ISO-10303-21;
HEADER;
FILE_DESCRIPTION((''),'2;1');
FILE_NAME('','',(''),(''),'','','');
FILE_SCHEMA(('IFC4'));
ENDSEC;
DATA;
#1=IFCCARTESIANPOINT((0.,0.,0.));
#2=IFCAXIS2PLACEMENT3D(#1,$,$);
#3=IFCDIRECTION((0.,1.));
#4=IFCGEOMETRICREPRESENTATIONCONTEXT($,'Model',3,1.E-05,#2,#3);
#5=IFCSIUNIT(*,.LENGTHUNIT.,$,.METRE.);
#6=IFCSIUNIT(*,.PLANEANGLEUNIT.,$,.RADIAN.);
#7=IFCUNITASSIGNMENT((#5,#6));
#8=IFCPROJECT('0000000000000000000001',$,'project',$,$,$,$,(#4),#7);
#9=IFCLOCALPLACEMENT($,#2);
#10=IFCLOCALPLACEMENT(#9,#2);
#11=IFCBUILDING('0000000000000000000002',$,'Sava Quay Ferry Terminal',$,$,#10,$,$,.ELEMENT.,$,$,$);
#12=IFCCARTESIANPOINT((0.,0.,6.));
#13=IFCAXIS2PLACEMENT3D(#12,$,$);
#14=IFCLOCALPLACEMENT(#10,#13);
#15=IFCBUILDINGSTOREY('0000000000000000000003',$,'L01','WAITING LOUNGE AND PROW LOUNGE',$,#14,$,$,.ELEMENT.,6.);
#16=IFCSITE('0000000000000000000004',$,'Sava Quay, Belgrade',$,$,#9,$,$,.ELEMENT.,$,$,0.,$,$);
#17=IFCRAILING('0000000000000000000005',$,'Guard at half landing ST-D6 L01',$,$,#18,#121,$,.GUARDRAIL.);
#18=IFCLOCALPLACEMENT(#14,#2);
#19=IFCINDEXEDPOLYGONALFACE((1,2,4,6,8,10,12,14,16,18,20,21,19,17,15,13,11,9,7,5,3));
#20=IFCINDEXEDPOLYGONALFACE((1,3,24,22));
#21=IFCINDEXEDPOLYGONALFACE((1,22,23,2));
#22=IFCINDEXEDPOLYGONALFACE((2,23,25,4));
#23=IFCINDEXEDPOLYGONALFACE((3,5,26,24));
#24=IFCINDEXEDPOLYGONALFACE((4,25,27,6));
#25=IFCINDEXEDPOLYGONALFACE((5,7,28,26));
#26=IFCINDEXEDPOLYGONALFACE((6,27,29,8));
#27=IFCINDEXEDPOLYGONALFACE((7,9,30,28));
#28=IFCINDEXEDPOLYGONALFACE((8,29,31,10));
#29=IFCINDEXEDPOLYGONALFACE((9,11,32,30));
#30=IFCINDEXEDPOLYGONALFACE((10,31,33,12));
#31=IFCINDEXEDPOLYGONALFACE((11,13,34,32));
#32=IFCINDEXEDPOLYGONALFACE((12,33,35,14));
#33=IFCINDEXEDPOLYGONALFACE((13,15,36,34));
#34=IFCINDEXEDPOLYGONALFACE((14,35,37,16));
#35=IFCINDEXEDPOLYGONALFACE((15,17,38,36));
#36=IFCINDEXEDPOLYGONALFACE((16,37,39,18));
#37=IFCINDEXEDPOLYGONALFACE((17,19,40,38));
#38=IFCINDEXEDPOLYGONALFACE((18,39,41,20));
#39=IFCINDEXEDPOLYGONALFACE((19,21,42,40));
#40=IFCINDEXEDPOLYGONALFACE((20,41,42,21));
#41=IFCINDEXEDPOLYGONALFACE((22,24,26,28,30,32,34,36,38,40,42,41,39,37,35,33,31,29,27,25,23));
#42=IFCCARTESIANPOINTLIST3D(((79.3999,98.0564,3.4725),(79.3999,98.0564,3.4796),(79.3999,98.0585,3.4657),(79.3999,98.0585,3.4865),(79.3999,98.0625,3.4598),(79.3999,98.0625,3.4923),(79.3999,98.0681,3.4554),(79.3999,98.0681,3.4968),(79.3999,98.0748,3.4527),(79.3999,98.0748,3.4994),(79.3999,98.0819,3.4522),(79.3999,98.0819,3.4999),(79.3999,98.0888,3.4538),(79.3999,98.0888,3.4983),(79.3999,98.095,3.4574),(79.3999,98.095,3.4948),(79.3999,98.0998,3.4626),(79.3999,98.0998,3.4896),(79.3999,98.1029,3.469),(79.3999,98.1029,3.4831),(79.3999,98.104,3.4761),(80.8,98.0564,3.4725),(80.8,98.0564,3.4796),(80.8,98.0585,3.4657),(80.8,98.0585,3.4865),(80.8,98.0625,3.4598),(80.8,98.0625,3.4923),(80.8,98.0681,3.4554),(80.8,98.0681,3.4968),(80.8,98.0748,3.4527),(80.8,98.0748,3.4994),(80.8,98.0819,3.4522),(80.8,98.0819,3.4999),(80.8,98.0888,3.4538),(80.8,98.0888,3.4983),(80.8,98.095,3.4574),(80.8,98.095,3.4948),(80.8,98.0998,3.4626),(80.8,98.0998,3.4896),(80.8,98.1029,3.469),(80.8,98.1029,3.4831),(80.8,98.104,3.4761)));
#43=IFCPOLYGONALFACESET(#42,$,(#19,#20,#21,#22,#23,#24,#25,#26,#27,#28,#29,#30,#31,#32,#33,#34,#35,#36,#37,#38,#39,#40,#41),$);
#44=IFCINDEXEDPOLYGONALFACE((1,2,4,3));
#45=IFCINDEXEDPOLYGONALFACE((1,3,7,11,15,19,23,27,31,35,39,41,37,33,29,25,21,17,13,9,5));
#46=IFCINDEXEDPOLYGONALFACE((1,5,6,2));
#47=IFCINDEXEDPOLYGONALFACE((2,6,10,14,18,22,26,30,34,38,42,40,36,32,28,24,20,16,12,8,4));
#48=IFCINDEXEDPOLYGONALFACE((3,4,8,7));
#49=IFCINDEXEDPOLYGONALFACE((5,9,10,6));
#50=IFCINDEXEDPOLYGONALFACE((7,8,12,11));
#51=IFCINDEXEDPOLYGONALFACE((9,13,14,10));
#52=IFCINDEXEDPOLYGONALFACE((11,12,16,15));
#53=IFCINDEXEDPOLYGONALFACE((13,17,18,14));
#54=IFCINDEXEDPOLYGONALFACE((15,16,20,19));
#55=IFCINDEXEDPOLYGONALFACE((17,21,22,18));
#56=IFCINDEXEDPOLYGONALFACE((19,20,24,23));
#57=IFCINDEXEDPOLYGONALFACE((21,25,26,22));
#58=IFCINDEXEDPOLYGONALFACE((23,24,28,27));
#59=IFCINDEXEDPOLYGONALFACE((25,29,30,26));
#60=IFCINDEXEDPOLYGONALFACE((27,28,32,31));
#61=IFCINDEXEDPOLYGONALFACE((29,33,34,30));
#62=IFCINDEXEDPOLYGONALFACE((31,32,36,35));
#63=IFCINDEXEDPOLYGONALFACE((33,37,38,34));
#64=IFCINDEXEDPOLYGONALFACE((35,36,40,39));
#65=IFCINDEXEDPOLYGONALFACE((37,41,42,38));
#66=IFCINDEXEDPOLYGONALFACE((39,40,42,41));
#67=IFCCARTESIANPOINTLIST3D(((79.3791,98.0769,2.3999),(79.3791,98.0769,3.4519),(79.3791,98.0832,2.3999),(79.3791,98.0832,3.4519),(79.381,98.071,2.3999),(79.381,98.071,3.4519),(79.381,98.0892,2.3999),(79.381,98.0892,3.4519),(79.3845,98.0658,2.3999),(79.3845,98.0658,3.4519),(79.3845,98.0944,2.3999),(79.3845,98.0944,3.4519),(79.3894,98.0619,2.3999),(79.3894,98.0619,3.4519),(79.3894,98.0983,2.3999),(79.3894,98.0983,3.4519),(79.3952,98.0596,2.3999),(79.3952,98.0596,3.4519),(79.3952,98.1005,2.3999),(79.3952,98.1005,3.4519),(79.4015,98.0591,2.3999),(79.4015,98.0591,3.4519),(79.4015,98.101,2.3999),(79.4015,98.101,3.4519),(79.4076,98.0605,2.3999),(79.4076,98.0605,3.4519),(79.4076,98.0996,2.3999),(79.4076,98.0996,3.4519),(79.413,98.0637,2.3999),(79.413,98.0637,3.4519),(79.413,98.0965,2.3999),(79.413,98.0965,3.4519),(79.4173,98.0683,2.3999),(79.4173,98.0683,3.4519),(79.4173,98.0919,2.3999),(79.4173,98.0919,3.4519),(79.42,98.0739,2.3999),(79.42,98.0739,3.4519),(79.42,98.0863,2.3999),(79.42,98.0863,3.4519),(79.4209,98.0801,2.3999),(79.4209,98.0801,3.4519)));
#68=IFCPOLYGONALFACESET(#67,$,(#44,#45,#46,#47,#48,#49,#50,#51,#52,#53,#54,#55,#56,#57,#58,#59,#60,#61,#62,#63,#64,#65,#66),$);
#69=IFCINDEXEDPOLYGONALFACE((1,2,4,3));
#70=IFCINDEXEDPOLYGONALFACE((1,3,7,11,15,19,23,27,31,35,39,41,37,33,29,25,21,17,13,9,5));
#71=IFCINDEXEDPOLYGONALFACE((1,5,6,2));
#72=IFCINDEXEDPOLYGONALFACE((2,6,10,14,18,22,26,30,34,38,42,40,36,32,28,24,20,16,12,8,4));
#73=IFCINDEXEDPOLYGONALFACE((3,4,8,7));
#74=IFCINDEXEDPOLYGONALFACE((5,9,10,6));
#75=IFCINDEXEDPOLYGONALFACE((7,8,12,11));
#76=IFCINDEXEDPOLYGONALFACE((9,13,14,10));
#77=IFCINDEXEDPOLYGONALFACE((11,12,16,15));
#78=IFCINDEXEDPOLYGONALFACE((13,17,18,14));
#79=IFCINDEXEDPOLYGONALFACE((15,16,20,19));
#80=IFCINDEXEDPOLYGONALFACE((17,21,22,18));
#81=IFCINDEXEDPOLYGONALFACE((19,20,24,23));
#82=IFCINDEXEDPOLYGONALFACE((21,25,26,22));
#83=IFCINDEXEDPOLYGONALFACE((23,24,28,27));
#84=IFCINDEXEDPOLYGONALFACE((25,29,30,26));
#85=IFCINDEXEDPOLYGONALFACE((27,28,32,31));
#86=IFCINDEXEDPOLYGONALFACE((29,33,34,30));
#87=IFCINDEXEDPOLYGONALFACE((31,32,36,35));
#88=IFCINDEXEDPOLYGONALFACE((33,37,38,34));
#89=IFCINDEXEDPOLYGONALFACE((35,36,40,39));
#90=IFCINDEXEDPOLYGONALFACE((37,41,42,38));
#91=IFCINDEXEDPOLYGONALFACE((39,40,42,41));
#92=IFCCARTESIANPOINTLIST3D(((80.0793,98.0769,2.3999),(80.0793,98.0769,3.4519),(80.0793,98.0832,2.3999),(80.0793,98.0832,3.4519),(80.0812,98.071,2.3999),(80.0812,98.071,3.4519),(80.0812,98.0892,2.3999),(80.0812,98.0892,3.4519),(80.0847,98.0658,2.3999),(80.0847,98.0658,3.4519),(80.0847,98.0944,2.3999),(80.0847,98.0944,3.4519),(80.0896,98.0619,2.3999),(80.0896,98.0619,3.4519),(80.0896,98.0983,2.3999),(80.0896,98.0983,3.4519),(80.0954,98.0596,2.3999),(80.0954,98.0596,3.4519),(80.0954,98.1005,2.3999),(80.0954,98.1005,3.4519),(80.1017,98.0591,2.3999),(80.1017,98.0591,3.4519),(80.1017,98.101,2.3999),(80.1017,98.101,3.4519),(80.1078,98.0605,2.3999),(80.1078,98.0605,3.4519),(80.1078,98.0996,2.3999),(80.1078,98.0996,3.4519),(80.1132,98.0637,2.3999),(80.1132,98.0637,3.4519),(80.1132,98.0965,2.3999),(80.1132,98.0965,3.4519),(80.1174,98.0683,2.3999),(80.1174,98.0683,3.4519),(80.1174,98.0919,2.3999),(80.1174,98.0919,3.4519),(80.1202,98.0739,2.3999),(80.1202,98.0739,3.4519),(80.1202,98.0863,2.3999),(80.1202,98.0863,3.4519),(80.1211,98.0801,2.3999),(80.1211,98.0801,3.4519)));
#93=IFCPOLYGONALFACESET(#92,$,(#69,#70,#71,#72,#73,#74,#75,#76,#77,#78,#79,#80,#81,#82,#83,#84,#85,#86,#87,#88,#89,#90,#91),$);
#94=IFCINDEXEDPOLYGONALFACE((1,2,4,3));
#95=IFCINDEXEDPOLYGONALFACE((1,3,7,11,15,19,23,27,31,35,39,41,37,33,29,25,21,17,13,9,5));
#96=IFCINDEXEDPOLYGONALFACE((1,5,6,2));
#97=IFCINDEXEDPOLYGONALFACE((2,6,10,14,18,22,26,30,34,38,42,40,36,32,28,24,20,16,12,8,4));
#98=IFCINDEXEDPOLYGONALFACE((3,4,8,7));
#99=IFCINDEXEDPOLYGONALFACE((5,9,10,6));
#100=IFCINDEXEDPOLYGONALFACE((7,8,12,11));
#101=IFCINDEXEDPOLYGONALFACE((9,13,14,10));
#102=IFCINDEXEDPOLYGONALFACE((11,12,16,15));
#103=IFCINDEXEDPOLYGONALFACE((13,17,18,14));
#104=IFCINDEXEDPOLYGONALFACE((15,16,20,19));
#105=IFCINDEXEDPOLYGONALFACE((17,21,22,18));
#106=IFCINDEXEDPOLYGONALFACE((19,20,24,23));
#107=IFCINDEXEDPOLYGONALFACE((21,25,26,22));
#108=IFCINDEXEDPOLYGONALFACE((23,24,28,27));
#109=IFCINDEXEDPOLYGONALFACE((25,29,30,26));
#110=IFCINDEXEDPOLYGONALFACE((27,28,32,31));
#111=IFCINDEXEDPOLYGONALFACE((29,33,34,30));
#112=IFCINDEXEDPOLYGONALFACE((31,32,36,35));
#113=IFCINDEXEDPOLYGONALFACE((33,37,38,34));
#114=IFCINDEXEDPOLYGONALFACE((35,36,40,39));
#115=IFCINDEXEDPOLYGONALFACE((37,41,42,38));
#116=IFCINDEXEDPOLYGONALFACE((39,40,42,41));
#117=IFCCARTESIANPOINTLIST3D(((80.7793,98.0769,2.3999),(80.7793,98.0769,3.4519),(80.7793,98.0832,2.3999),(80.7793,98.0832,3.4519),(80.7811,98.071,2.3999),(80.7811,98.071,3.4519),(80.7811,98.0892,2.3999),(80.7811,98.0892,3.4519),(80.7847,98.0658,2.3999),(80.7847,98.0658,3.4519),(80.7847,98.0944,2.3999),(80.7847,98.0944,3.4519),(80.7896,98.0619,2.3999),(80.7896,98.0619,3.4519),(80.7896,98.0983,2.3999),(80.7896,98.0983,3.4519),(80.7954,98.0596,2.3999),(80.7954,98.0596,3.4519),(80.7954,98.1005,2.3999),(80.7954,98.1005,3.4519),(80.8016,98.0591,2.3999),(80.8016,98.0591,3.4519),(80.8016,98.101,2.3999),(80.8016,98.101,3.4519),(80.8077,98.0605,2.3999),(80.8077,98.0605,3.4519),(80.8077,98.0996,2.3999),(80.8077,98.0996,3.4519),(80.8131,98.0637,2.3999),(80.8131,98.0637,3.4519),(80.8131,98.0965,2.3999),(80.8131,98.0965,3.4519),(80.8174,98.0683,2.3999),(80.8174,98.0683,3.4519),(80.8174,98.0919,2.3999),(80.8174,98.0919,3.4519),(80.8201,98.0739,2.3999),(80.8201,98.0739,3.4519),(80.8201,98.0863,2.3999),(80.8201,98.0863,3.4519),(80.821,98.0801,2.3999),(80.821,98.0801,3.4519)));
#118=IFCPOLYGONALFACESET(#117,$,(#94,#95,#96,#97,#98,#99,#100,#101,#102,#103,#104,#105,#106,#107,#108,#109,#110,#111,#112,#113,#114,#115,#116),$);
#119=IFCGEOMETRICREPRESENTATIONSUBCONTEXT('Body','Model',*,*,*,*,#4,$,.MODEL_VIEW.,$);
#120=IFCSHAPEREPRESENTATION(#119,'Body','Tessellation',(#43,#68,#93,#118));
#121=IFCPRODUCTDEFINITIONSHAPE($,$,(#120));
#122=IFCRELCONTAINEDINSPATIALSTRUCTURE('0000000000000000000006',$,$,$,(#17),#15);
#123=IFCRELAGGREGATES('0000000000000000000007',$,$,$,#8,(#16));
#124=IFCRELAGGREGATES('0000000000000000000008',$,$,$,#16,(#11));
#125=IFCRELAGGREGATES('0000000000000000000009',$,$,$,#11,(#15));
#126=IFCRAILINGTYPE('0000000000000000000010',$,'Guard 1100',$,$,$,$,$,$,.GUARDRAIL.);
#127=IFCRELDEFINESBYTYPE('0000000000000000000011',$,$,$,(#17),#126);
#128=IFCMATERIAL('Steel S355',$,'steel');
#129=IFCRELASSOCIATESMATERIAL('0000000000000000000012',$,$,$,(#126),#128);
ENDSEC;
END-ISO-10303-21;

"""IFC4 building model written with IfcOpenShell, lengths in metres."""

from ifc_helpers import new_model, si_unit, direction, frame, origin, origin_2d, place, context, subcontext, project, spatial, circle, extrude, material, type_object, element, save


model = new_model("IFC4")

# Units and contexts
model_context = context("Model", 3, precision=1e-05, world=origin(), true_north=direction((0.0, 1.0)))
body_context = subcontext(model_context, "Body", "Model", "MODEL_VIEW")
ifc_project = project(units=[si_unit("LENGTHUNIT", "METRE"), si_unit("PLANEANGLEUNIT", "RADIAN")], contexts=[model_context])

# Site, building, storey
site_placement = place(None, origin())
site = spatial("IfcSite", under=ifc_project, at=site_placement, Name="Sava Quay, Belgrade", CompositionType="ELEMENT", RefElevation=0.0)
building_placement = place(site_placement, origin())
building = spatial("IfcBuilding", under=site, at=building_placement, Name="Sava Quay Ferry Terminal", CompositionType="ELEMENT")
storey_placement = place(building_placement, frame((0.0, 0.0, 6.0)))
storey = spatial("IfcBuildingStorey", under=building, at=storey_placement, Name="L01", Description="WAITING LOUNGE AND PROW LOUNGE", CompositionType="ELEMENT", Elevation=6.0)

# Railing
ifc_material_1 = material(Name="Steel S355", Category="steel")
railing_type_1 = type_object("IfcRailingType", Name="Guard 1100", PredefinedType="GUARDRAIL", material=ifc_material_1)
railing_1_placement = place(storey_placement, frame((79.3999, 98.0801, 2.3999)))
element("IfcRailing", 1, at=railing_1_placement, inside=storey, type_object=railing_type_1, Name="Guard at half landing ST-D6 L01", PredefinedType="GUARDRAIL", context=body_context, shape_type="SweptSolid", body=[
    extrude(circle(Radius=0.0239, at=origin_2d()), frame((0.0, 0.0, 1.0762), z_axis=(1.0, 0.0, 0.0), x_axis=(0.0, 1.0, 0.0)), (0.0, 0.0, 1.0), 1.4001),
    extrude(circle(Radius=0.021, at=origin_2d()), origin(), (0.0, 0.0, 1.0), 1.052),
    extrude(circle(Radius=0.021, at=origin_2d()), frame((0.7002, 0.0, 0.0)), (0.0, 0.0, 1.0), 1.052),
    extrude(circle(Radius=0.021, at=origin_2d()), frame((1.4001, 0.0, 0.0)), (0.0, 0.0, 1.0), 1.052),
])

save(model, "model.ifc")
